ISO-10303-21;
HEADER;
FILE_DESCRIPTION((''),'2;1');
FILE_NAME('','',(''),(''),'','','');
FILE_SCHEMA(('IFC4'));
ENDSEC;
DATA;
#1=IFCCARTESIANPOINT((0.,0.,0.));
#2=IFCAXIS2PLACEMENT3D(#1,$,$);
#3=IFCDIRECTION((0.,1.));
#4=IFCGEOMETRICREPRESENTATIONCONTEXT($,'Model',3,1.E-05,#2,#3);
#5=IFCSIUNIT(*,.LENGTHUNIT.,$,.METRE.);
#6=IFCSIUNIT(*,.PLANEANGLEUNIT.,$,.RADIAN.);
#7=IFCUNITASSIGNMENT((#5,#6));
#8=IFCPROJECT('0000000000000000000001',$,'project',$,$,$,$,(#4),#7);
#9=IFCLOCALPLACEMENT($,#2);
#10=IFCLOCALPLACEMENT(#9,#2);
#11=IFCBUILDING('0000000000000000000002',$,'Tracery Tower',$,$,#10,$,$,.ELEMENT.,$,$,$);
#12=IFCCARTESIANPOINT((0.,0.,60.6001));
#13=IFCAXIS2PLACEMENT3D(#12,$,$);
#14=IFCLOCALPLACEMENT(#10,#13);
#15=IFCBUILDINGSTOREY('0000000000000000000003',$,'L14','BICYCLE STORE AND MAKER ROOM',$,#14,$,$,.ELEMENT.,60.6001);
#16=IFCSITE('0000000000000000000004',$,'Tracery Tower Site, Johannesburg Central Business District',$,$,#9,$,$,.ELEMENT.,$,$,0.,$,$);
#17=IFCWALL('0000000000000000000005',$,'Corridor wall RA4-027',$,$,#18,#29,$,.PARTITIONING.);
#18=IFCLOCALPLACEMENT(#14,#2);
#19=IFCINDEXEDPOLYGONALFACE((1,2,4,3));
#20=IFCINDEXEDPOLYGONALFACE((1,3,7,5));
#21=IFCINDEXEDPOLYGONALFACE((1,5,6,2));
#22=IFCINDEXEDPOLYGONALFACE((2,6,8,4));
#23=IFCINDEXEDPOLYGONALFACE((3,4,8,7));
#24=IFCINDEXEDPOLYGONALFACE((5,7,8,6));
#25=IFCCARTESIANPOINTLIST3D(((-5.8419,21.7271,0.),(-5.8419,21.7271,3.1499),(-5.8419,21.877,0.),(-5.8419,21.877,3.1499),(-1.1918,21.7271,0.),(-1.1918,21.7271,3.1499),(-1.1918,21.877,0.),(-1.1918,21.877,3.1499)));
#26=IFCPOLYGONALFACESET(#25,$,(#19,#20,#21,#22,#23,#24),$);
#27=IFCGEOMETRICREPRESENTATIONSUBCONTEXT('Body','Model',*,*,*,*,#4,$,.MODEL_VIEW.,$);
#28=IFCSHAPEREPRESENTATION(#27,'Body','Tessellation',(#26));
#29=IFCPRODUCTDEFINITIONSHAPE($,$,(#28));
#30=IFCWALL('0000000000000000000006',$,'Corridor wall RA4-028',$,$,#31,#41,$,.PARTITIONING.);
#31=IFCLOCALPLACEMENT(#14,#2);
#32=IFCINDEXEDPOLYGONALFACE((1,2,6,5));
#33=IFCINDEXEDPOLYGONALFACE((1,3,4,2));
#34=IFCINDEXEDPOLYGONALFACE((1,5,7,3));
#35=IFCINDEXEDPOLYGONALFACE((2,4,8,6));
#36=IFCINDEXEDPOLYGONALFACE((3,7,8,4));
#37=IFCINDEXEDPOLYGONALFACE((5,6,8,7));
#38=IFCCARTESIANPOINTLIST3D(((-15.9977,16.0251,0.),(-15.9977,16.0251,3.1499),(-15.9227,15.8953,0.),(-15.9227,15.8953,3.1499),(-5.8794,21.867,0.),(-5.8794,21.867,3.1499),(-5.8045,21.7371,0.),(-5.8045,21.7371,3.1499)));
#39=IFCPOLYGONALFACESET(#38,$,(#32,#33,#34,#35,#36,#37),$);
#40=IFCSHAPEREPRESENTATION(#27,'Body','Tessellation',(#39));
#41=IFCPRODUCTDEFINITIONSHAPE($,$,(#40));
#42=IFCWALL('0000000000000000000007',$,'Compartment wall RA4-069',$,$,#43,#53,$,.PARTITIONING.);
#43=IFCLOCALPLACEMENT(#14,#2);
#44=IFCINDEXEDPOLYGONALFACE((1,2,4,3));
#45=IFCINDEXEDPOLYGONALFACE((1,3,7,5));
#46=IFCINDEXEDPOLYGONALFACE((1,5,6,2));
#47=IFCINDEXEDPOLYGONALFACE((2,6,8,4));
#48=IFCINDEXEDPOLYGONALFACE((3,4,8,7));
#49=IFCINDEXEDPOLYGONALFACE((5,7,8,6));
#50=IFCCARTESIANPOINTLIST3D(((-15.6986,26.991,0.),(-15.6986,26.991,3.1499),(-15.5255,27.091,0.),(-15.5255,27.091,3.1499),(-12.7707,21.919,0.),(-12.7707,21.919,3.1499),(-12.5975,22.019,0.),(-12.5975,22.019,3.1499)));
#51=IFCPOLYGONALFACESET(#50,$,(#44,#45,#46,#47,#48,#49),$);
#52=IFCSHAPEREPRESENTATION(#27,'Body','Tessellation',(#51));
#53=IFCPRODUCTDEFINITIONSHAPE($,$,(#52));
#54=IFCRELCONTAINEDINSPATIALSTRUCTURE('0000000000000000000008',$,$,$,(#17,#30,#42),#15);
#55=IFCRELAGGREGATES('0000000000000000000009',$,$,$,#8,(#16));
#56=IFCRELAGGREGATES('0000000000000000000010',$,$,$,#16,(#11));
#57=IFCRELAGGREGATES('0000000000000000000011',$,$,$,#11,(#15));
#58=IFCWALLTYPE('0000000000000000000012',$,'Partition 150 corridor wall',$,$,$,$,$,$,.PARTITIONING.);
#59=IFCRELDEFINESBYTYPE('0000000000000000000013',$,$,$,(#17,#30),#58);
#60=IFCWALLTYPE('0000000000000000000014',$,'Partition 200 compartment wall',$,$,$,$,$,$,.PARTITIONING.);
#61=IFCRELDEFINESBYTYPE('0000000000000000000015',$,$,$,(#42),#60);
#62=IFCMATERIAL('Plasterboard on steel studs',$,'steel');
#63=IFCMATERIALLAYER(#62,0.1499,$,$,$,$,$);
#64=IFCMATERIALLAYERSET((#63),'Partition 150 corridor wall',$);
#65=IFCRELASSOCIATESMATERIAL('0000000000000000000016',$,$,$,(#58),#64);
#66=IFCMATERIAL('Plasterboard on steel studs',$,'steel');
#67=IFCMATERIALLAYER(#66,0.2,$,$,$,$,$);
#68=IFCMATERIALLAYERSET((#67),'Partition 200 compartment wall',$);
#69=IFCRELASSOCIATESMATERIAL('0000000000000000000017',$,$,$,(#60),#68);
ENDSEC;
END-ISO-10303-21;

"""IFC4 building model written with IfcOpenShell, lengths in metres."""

from ifc_helpers import new_model, si_unit, direction, frame, frame_2d, origin, place, context, subcontext, project, spatial, rectangle, extrude, material, layer, layer_set, type_object, element, save


model = new_model("IFC4")

# Units and contexts
model_context = context("Model", 3, precision=1e-05, world=origin(), true_north=direction((0.0, 1.0)))
body_context = subcontext(model_context, "Body", "Model", "MODEL_VIEW")
ifc_project = project(units=[si_unit("LENGTHUNIT", "METRE"), si_unit("PLANEANGLEUNIT", "RADIAN")], contexts=[model_context])

# Site, building, storey
site_placement = place(None, origin())
site = spatial("IfcSite", under=ifc_project, at=site_placement, Name="Tracery Tower Site, Johannesburg Central Business District", CompositionType="ELEMENT", RefElevation=0.0)
building_placement = place(site_placement, origin())
building = spatial("IfcBuilding", under=site, at=building_placement, Name="Tracery Tower", CompositionType="ELEMENT")
storey_placement = place(building_placement, frame((0.0, 0.0, 60.6001)))
storey = spatial("IfcBuildingStorey", under=building, at=storey_placement, Name="L14", Description="BICYCLE STORE AND MAKER ROOM", CompositionType="ELEMENT", Elevation=60.6001)

# Shared definitions
ifc_material_1 = material(Name="Plasterboard on steel studs", Category="steel")
ifc_layer_1 = layer(ifc_material_1, 0.1499)
ifc_layer_set_1 = layer_set([ifc_layer_1], Name="Partition 150 corridor wall")
wall_type_1 = type_object("IfcWallType", Name="Partition 150 corridor wall", PredefinedType="PARTITIONING", material=ifc_layer_set_1)

# Walls
wall_1_placement = place(storey_placement, frame((-5.842, 21.802, 0.0), z_axis=(0.0, 0.0, 1.0), x_axis=(1.0, 0.0, 0.0)))
element("IfcWall", 1, at=wall_1_placement, inside=storey, type_object=wall_type_1, Name="Corridor wall RA4-027", PredefinedType="PARTITIONING", context=body_context, shape_type="SweptSolid", body=[
    extrude(rectangle(XDim=4.6501, YDim=0.1499, at=frame_2d((2.3252, 0.0))), origin(), (0.0, 0.0, 1.0), 3.1499),
])
wall_2_placement = place(storey_placement, frame((-15.9602, 15.9602, 0.0), z_axis=(0.0, 0.0, 1.0), x_axis=(0.866023, 0.500005, 0.0)))
element("IfcWall", 2, at=wall_2_placement, inside=storey, type_object=wall_type_1, Name="Corridor wall RA4-028", PredefinedType="PARTITIONING", context=body_context, shape_type="SweptSolid", body=[
    extrude(rectangle(XDim=11.6836, YDim=0.1499, at=frame_2d((5.8418, 0.0))), origin(), (0.0, 0.0, 1.0), 3.1499),
])
ifc_material_2 = material(Name="Plasterboard on steel studs", Category="steel")
ifc_layer_2 = layer(ifc_material_2, 0.2)
ifc_layer_set_2 = layer_set([ifc_layer_2], Name="Partition 200 compartment wall")
wall_type_2 = type_object("IfcWallType", Name="Partition 200 compartment wall", PredefinedType="PARTITIONING", material=ifc_layer_set_2)
wall_3_placement = place(storey_placement, frame((-15.6121, 27.041, 0.0), z_axis=(0.0, 0.0, 1.0), x_axis=(0.499955, -0.866052, 0.0)))
element("IfcWall", 3, at=wall_3_placement, inside=storey, type_object=wall_type_2, Name="Compartment wall RA4-069", PredefinedType="PARTITIONING", context=body_context, shape_type="SweptSolid", body=[
    extrude(rectangle(XDim=5.8564, YDim=0.2, at=frame_2d((2.9282, 0.0))), origin(), (0.0, 0.0, 1.0), 3.1499),
])

save(model, "model.ifc")
